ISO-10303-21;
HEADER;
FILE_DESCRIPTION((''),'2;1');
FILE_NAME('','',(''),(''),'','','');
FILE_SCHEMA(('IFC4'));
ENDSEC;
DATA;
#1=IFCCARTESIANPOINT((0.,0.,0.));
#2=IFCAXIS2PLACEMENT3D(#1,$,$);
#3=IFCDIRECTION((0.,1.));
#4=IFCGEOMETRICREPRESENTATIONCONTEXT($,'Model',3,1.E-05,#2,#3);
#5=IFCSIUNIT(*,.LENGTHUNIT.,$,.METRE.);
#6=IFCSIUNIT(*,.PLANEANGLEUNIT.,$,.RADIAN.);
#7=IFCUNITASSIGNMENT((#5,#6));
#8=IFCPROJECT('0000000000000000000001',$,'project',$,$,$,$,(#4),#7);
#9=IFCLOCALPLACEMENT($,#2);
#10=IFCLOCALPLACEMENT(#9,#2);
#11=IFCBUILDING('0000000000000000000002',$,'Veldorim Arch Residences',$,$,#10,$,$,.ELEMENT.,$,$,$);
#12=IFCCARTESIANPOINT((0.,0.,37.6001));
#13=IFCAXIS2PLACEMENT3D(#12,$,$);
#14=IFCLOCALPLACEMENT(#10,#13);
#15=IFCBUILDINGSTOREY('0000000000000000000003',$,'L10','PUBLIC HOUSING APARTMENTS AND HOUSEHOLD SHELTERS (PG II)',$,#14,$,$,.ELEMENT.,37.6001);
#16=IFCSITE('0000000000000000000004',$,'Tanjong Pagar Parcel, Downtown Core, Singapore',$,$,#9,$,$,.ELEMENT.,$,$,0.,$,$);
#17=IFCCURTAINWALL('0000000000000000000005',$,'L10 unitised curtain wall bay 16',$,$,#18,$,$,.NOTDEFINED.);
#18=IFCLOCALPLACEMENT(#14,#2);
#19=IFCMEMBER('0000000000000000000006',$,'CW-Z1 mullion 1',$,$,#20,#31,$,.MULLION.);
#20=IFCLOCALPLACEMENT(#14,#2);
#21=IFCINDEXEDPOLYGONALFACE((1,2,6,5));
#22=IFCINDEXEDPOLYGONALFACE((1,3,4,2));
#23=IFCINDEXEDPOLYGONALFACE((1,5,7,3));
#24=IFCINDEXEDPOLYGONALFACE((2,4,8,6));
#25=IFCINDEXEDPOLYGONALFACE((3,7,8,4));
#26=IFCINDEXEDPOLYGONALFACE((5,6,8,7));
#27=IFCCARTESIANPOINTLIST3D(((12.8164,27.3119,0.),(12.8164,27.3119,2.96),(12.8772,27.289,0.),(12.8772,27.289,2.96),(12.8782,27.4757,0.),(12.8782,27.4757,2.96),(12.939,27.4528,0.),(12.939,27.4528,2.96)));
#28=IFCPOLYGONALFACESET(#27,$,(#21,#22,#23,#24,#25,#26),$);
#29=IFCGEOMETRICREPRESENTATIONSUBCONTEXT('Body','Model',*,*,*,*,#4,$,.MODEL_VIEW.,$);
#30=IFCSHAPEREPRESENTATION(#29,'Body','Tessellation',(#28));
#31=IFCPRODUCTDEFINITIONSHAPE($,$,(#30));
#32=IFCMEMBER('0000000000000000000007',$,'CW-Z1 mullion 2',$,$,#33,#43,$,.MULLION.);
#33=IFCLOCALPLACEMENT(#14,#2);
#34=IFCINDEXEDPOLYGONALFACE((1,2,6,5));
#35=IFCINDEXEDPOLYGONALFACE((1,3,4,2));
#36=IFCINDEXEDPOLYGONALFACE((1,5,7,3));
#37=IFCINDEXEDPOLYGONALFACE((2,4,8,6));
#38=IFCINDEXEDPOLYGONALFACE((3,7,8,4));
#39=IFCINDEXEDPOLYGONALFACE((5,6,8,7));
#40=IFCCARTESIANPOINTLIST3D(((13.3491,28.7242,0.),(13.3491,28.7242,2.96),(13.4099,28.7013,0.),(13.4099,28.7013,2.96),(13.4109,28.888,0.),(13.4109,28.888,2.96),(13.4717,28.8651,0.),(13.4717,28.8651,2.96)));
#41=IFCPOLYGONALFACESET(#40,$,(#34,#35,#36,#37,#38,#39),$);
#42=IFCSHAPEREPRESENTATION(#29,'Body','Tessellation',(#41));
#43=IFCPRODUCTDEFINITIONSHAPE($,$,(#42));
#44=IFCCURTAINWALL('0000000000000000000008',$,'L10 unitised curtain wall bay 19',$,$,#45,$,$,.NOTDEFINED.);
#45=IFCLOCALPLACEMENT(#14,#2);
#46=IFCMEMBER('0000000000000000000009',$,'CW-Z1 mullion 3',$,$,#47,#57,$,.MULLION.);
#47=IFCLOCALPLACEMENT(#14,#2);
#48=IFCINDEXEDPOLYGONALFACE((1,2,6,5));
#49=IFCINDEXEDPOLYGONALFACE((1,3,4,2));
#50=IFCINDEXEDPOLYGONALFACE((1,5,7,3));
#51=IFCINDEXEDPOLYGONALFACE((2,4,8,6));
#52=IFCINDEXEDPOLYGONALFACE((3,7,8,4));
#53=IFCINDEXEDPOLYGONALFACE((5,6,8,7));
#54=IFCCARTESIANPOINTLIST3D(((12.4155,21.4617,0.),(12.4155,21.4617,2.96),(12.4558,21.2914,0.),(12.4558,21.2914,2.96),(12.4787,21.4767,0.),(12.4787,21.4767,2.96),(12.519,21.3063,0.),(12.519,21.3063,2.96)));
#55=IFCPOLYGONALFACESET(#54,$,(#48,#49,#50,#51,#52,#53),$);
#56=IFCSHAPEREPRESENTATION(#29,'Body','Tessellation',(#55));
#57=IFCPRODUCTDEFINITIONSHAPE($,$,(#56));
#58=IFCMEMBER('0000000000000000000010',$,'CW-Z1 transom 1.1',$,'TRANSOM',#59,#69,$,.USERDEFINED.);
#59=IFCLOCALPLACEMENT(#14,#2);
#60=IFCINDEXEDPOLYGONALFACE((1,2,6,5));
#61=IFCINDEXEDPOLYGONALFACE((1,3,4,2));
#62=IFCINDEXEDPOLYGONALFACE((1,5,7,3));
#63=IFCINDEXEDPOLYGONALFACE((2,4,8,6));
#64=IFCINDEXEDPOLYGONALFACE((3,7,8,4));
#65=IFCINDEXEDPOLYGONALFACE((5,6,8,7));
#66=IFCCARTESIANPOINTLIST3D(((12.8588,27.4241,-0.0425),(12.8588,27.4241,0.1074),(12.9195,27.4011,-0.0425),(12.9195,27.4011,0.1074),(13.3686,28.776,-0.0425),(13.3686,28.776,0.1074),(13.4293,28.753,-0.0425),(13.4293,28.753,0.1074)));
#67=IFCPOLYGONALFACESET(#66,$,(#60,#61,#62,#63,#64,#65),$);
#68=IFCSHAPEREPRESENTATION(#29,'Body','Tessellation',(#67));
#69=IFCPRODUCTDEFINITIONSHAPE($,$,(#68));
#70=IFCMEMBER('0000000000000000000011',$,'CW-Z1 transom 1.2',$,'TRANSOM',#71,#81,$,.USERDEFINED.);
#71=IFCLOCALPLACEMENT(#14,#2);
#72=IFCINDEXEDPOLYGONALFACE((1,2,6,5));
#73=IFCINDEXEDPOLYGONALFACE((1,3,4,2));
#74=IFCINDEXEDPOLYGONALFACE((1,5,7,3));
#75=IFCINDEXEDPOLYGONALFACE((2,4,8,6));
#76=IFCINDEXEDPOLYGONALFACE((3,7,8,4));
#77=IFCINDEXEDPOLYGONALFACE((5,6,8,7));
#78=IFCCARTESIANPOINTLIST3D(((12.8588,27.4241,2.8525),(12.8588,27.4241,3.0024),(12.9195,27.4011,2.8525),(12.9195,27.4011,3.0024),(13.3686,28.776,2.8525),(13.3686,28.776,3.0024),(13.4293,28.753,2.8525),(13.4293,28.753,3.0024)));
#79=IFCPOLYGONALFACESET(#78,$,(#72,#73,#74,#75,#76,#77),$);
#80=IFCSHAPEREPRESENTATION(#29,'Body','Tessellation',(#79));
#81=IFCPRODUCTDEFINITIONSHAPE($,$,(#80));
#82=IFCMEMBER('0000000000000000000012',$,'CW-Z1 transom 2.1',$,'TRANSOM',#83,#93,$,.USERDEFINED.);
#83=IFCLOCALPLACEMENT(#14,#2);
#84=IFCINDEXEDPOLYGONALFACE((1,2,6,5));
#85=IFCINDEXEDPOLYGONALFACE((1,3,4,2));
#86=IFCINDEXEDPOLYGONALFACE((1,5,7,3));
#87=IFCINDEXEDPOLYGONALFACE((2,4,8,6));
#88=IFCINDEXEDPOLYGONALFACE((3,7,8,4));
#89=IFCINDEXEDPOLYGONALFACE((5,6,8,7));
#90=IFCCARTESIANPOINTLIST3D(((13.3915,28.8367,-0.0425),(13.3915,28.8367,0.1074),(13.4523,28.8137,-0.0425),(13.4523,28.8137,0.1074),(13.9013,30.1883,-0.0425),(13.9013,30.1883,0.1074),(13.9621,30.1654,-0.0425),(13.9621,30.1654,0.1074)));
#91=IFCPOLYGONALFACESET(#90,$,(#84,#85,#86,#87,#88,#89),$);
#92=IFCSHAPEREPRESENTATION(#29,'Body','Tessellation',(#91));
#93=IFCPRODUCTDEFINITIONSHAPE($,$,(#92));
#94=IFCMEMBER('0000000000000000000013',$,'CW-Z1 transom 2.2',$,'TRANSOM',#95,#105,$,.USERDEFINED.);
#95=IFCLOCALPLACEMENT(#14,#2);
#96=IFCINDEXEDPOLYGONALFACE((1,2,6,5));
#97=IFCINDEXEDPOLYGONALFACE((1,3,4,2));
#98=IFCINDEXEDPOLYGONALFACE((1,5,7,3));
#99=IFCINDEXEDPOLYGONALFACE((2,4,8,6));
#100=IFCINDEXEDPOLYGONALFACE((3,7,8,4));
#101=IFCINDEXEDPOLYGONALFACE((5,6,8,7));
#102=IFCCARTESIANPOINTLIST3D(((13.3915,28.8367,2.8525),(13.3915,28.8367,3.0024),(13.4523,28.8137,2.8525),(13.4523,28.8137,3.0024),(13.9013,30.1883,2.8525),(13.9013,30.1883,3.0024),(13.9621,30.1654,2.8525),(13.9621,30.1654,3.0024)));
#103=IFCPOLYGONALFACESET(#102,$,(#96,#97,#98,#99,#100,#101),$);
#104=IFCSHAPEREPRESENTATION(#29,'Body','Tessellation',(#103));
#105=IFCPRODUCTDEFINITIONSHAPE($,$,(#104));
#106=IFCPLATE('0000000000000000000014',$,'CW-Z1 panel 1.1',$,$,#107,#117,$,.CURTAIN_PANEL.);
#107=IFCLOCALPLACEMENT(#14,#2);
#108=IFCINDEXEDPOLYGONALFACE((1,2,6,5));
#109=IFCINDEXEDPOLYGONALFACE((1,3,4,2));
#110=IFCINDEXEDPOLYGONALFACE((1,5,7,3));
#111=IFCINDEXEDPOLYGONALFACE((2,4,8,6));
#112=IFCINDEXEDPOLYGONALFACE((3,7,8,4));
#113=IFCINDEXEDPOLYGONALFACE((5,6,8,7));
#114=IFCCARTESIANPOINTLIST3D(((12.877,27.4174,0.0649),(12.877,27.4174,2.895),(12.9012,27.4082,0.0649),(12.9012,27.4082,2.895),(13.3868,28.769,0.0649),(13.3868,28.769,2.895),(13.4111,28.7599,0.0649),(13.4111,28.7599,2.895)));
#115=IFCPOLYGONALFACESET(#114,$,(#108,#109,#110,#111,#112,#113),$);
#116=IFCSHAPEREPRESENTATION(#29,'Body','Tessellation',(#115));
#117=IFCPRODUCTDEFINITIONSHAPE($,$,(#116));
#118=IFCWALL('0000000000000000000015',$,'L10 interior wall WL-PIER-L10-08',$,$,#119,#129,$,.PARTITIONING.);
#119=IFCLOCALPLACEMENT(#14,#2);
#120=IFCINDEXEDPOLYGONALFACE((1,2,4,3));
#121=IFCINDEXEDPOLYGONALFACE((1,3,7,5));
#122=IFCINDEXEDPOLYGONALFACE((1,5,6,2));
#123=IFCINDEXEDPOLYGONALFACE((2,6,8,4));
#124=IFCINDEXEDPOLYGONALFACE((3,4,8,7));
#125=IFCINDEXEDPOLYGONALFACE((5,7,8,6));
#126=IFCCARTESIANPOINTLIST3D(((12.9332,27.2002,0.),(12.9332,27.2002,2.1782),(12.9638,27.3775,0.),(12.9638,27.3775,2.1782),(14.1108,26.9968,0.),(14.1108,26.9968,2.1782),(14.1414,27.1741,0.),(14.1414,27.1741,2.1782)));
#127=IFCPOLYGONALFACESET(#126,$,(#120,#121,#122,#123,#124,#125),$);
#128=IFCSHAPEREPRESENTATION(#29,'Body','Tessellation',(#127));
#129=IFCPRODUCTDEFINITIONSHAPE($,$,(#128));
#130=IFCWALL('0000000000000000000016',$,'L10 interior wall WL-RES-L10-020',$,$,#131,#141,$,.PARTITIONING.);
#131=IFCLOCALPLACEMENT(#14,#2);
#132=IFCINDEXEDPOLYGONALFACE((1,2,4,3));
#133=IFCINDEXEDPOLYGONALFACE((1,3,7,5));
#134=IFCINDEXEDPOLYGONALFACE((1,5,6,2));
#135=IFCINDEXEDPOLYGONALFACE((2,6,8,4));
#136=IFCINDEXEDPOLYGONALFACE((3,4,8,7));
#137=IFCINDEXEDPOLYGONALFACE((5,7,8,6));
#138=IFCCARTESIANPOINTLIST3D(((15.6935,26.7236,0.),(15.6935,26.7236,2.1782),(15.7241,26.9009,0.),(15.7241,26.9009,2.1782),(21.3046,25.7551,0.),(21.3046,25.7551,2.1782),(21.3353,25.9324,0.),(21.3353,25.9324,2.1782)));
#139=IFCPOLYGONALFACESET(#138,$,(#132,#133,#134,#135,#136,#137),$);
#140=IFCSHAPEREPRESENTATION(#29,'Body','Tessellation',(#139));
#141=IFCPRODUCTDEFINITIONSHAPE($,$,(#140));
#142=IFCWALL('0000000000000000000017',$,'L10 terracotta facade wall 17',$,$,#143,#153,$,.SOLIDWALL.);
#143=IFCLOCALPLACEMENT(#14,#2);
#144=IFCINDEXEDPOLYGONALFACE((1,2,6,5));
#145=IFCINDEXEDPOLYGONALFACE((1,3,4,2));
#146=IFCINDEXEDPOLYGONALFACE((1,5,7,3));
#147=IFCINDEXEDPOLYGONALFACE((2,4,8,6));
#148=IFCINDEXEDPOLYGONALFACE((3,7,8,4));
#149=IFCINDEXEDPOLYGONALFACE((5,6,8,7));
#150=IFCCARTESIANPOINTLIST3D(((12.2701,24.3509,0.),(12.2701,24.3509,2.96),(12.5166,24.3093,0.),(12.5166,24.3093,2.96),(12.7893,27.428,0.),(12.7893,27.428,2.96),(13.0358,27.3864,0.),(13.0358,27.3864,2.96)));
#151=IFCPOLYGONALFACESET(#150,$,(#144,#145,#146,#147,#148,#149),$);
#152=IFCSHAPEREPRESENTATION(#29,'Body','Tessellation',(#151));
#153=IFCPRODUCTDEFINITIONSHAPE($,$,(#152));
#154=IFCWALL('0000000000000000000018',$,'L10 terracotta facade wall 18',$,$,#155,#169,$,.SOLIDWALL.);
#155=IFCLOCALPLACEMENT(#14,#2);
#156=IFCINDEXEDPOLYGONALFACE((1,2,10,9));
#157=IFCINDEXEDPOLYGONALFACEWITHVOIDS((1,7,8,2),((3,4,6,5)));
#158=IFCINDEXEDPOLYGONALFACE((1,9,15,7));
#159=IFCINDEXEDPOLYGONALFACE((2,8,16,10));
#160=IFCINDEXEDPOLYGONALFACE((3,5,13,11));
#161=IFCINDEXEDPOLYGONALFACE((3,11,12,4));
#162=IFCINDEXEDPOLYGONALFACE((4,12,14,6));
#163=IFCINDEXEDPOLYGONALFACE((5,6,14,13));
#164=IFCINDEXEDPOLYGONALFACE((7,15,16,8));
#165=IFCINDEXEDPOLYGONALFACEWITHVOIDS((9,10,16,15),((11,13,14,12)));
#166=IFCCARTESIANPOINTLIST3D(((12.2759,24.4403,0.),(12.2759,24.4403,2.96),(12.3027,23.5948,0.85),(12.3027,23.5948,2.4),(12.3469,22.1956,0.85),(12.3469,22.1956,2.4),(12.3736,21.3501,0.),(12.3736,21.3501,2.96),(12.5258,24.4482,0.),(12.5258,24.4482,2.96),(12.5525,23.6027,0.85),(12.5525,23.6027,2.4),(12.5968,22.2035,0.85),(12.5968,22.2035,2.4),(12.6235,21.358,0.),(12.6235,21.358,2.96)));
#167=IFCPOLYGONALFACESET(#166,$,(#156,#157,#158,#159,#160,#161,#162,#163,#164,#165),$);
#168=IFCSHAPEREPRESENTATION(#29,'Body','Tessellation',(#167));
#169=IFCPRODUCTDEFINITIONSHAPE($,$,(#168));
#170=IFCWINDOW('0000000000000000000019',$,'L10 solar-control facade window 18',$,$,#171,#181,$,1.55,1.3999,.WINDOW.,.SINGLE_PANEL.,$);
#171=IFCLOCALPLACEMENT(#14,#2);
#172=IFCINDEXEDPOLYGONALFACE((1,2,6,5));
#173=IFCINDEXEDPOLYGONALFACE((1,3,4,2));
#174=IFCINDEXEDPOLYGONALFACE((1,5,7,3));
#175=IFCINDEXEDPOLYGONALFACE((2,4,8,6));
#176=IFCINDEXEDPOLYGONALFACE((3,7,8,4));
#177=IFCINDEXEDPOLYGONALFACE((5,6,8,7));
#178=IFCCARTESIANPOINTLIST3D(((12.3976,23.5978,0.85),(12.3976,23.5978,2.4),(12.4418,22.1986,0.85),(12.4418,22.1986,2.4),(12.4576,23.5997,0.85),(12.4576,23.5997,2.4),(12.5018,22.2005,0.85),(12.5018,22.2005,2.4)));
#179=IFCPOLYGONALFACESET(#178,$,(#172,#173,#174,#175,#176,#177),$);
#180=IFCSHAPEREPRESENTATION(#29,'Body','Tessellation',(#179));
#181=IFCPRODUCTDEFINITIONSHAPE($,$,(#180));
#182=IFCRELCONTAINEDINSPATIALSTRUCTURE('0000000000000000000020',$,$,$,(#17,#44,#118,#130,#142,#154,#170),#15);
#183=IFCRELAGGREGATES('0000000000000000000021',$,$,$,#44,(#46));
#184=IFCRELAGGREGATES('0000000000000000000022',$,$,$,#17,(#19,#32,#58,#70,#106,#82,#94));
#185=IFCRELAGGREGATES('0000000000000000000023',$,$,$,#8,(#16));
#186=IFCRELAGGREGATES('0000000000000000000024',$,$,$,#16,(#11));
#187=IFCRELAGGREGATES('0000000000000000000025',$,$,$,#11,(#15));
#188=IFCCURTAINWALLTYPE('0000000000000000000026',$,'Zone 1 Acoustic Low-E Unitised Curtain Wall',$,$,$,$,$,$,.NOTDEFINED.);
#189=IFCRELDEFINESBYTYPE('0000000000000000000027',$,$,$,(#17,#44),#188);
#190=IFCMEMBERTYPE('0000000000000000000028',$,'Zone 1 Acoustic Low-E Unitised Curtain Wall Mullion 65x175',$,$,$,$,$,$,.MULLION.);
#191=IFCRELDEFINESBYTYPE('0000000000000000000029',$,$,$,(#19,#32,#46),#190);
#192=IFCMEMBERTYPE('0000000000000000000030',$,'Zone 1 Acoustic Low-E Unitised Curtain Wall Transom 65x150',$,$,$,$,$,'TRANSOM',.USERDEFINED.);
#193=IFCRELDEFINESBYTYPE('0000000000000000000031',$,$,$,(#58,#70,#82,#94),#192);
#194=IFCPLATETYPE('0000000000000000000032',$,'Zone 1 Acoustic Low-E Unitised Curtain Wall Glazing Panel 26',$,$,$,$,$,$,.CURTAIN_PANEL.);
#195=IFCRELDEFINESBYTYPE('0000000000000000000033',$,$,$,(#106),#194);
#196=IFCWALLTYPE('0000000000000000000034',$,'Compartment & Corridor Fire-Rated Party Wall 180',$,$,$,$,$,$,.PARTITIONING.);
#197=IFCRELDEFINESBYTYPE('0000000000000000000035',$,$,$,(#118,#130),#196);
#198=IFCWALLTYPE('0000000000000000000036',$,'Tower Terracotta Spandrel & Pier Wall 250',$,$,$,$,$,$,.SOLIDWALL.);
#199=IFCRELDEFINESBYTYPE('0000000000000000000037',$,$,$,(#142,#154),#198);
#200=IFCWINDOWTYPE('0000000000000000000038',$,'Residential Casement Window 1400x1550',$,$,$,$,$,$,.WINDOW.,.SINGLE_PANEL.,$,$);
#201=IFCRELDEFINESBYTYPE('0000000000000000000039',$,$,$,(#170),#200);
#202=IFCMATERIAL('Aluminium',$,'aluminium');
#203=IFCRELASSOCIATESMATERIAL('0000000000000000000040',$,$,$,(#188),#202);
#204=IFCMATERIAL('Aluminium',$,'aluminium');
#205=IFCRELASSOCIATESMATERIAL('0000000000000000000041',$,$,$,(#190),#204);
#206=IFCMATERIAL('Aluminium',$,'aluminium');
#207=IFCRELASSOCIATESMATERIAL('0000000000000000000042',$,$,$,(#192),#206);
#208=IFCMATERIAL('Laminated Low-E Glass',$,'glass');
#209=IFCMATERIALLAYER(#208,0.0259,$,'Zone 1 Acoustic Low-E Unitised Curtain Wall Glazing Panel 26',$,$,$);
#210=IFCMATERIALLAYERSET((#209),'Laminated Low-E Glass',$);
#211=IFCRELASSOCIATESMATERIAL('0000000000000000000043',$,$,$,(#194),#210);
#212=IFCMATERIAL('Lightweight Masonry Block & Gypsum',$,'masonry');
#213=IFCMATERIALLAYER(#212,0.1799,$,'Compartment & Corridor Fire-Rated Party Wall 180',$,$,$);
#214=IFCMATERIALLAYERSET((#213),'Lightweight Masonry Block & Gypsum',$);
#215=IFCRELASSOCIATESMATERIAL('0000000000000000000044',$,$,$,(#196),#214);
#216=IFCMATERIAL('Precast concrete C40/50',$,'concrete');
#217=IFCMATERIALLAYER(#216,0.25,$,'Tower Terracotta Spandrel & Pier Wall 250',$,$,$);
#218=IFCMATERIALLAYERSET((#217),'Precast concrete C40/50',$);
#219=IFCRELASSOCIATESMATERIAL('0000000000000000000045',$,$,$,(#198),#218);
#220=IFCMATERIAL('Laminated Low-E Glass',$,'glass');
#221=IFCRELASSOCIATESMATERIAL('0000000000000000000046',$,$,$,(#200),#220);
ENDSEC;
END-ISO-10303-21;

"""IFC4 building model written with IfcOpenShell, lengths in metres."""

from ifc_helpers import new_model, si_unit, direction, frame, frame_2d, origin, origin_2d, place, context, subcontext, project, spatial, rectangle, extrude, material, layer, layer_set, material_profile, profile_set, type_object, element, fill, aggregate, save


model = new_model("IFC4")

# Units and contexts
model_context = context("Model", 3, precision=1e-05, world=origin(), true_north=direction((0.0, 1.0)))
body_context = subcontext(model_context, "Body", "Model", "MODEL_VIEW")
ifc_project = project(units=[si_unit("LENGTHUNIT", "METRE"), si_unit("PLANEANGLEUNIT", "RADIAN")], contexts=[model_context])

# Site, building, storey
site_placement = place(None, origin())
site = spatial("IfcSite", under=ifc_project, at=site_placement, Name="Tanjong Pagar Parcel, Downtown Core, Singapore", CompositionType="ELEMENT", RefElevation=0.0)
building_placement = place(site_placement, origin())
building = spatial("IfcBuilding", under=site, at=building_placement, Name="Veldorim Arch Residences", CompositionType="ELEMENT")
storey_placement = place(building_placement, frame((0.0, 0.0, 37.6001)))
storey = spatial("IfcBuildingStorey", under=building, at=storey_placement, Name="L10", Description="PUBLIC HOUSING APARTMENTS AND HOUSEHOLD SHELTERS (PG II)", CompositionType="ELEMENT", Elevation=37.6001)

# Curtain wall, members
ifc_material_1 = material(Name="Aluminium", Category="aluminium")
curtain_wall_type = type_object("IfcCurtainWallType", Name="Zone 1 Acoustic Low-E Unitised Curtain Wall", PredefinedType="NOTDEFINED", material=ifc_material_1)
curtain_wall_1_placement = place(storey_placement, origin())
curtain_wall_1 = element("IfcCurtainWall", 1, at=curtain_wall_1_placement, inside=storey, type_object=curtain_wall_type, Name="L10 unitised curtain wall bay 16", PredefinedType="NOTDEFINED")
ifc_material_2 = material(Name="Aluminium", Category="aluminium")
ifc_material_profile_1 = material_profile(ifc_material_2, rectangle(XDim=0.0649, YDim=0.175, at=origin_2d()), Name="ALU_MUL_65x175")
ifc_profile_set_1 = profile_set([ifc_material_profile_1], Name="Aluminium")
member_type_1 = type_object("IfcMemberType", Name="Zone 1 Acoustic Low-E Unitised Curtain Wall Mullion 65x175", PredefinedType="MULLION", material=ifc_profile_set_1)
member_1_placement = place(storey_placement, frame((12.8777, 27.3823, 0.0), z_axis=(0.0, 0.0, 1.0), x_axis=(-0.935656, 0.352914, 0.0)))
member_1 = element("IfcMember", 2, at=member_1_placement, type_object=member_type_1, Name="CW-Z1 mullion 1", PredefinedType="MULLION", context=body_context, shape_type="SweptSolid", body=[
    extrude(rectangle(XDim=0.0649, YDim=0.175, at=origin_2d()), origin(), (0.0, 0.0, 1.0), 2.96),
])
member_2_placement = place(storey_placement, frame((13.4104, 28.7947, 0.0), z_axis=(0.0, 0.0, 1.0), x_axis=(-0.935656, 0.352914, 0.0)))
member_2 = element("IfcMember", 3, at=member_2_placement, type_object=member_type_1, Name="CW-Z1 mullion 2", PredefinedType="MULLION", context=body_context, shape_type="SweptSolid", body=[
    extrude(rectangle(XDim=0.0649, YDim=0.175, at=origin_2d()), origin(), (0.0, 0.0, 1.0), 2.96),
])

# Curtain wall, member
curtain_wall_2_placement = place(storey_placement, origin())
curtain_wall_2 = element("IfcCurtainWall", 4, at=curtain_wall_2_placement, inside=storey, type_object=curtain_wall_type, Name="L10 unitised curtain wall bay 19", PredefinedType="NOTDEFINED")
member_3_placement = place(storey_placement, frame((12.4673, 21.384, 0.0), z_axis=(0.0, 0.0, 1.0), x_axis=(-0.97313, -0.230257, 0.0)))
member_3 = element("IfcMember", 5, at=member_3_placement, type_object=member_type_1, Name="CW-Z1 mullion 3", PredefinedType="MULLION", context=body_context, shape_type="SweptSolid", body=[
    extrude(rectangle(XDim=0.0649, YDim=0.175, at=origin_2d()), origin(), (0.0, 0.0, 1.0), 2.96),
])
aggregate(curtain_wall_2, [member_3])

# Members
ifc_material_3 = material(Name="Aluminium", Category="aluminium")
ifc_material_profile_2 = material_profile(ifc_material_3, rectangle(XDim=0.0649, YDim=0.1499, at=origin_2d()), Name="ALU_TRN_65x150")
ifc_profile_set_2 = profile_set([ifc_material_profile_2], Name="Aluminium")
member_type_2 = type_object("IfcMemberType", Name="Zone 1 Acoustic Low-E Unitised Curtain Wall Transom 65x150", ElementType="TRANSOM", PredefinedType="USERDEFINED", material=ifc_profile_set_2)
member_4_placement = place(storey_placement, frame((12.8892, 27.4126, 0.0325), z_axis=(0.352845, 0.935682, 0.0), x_axis=(-0.935682, 0.352845, 0.0)))
member_4 = element("IfcMember", 6, at=member_4_placement, type_object=member_type_2, Name="CW-Z1 transom 1.1", ObjectType="TRANSOM", PredefinedType="USERDEFINED", context=body_context, shape_type="SweptSolid", body=[
    extrude(rectangle(XDim=0.0649, YDim=0.1499, at=origin_2d()), origin(), (0.0, 0.0, 1.0), 1.4448),
])
member_5_placement = place(storey_placement, frame((12.8892, 27.4126, 2.9275), z_axis=(0.352845, 0.935682, 0.0), x_axis=(-0.935682, 0.352845, 0.0)))
member_5 = element("IfcMember", 7, at=member_5_placement, type_object=member_type_2, Name="CW-Z1 transom 1.2", ObjectType="TRANSOM", PredefinedType="USERDEFINED", context=body_context, shape_type="SweptSolid", body=[
    extrude(rectangle(XDim=0.0649, YDim=0.1499, at=origin_2d()), origin(), (0.0, 0.0, 1.0), 1.4448),
])
member_6_placement = place(storey_placement, frame((13.4219, 28.8252, 0.0325), z_axis=(0.352901, 0.935661, 0.0), x_axis=(-0.935661, 0.352901, 0.0)))
member_6 = element("IfcMember", 8, at=member_6_placement, type_object=member_type_2, Name="CW-Z1 transom 2.1", ObjectType="TRANSOM", PredefinedType="USERDEFINED", context=body_context, shape_type="SweptSolid", body=[
    extrude(rectangle(XDim=0.0649, YDim=0.1499, at=origin_2d()), origin(), (0.0, 0.0, 1.0), 1.4446),
])
member_7_placement = place(storey_placement, frame((13.4219, 28.8252, 2.9275), z_axis=(0.352901, 0.935661, 0.0), x_axis=(-0.935661, 0.352901, 0.0)))
member_7 = element("IfcMember", 9, at=member_7_placement, type_object=member_type_2, Name="CW-Z1 transom 2.2", ObjectType="TRANSOM", PredefinedType="USERDEFINED", context=body_context, shape_type="SweptSolid", body=[
    extrude(rectangle(XDim=0.0649, YDim=0.1499, at=origin_2d()), origin(), (0.0, 0.0, 1.0), 1.4446),
])

# Plate
ifc_material_4 = material(Name="Laminated Low-E Glass", Category="glass")
ifc_layer_1 = layer(ifc_material_4, 0.0259, Name="Zone 1 Acoustic Low-E Unitised Curtain Wall Glazing Panel 26")
ifc_layer_set_1 = layer_set([ifc_layer_1], Name="Laminated Low-E Glass")
plate_type = type_object("IfcPlateType", Name="Zone 1 Acoustic Low-E Unitised Curtain Wall Glazing Panel 26", PredefinedType="CURTAIN_PANEL", material=ifc_layer_set_1)
plate_placement = place(storey_placement, frame((13.144, 28.0886, 0.0649), z_axis=(0.0, 0.0, 1.0), x_axis=(0.352914, 0.935656, 0.0)))
plate = element("IfcPlate", 10, at=plate_placement, type_object=plate_type, Name="CW-Z1 panel 1.1", PredefinedType="CURTAIN_PANEL", context=body_context, shape_type="SweptSolid", body=[
    extrude(rectangle(XDim=1.4446, YDim=0.0259, at=origin_2d()), origin(), (0.0, 0.0, 1.0), 2.8301),
])
aggregate(curtain_wall_1, [member_1, member_2, member_4, member_5, plate, member_6, member_7])

# Walls
ifc_material_5 = material(Name="Lightweight Masonry Block & Gypsum", Category="masonry")
ifc_layer_2 = layer(ifc_material_5, 0.1799, Name="Compartment & Corridor Fire-Rated Party Wall 180")
ifc_layer_set_2 = layer_set([ifc_layer_2], Name="Lightweight Masonry Block & Gypsum")
wall_type_1 = type_object("IfcWallType", Name="Compartment & Corridor Fire-Rated Party Wall 180", PredefinedType="PARTITIONING", material=ifc_layer_set_2)
wall_1_placement = place(storey_placement, frame((14.1262, 27.0854, 0.0), z_axis=(0.0, 0.0, 1.0), x_axis=(-0.985416, 0.17016, 0.0)))
element("IfcWall", 11, at=wall_1_placement, inside=storey, type_object=wall_type_1, Name="L10 interior wall WL-PIER-L10-08", PredefinedType="PARTITIONING", context=body_context, shape_type="SweptSolid", body=[
    extrude(rectangle(XDim=1.1951, YDim=0.1799, at=frame_2d((0.5977, 0.0))), origin(), (0.0, 0.0, 1.0), 2.1782),
])
wall_2_placement = place(storey_placement, frame((21.3201, 25.8438, 0.0), z_axis=(0.0, 0.0, 1.0), x_axis=(-0.985428, 0.170091, 0.0)))
element("IfcWall", 12, at=wall_2_placement, inside=storey, type_object=wall_type_1, Name="L10 interior wall WL-RES-L10-020", PredefinedType="PARTITIONING", context=body_context, shape_type="SweptSolid", body=[
    extrude(rectangle(XDim=5.6941, YDim=0.1799, at=frame_2d((2.8472, 0.0))), origin(), (0.0, 0.0, 1.0), 2.1782),
])
ifc_material_6 = material(Name="Precast concrete C40/50", Category="concrete")
ifc_layer_3 = layer(ifc_material_6, 0.25, Name="Tower Terracotta Spandrel & Pier Wall 250")
ifc_layer_set_3 = layer_set([ifc_layer_3], Name="Precast concrete C40/50")
wall_type_2 = type_object("IfcWallType", Name="Tower Terracotta Spandrel & Pier Wall 250", PredefinedType="SOLIDWALL", material=ifc_layer_set_3)
wall_3_placement = place(storey_placement, frame((12.3933, 24.3301, 0.0), z_axis=(0.0, 0.0, 1.0), x_axis=(0.166403, 0.986058, 0.0)))
element("IfcWall", 13, at=wall_3_placement, inside=storey, type_object=wall_type_2, Name="L10 terracotta facade wall 17", PredefinedType="SOLIDWALL", context=body_context, shape_type="SweptSolid", body=[
    extrude(rectangle(XDim=3.1206, YDim=0.25, at=frame_2d((1.5603, 0.0))), origin(), (0.0, 0.0, 1.0), 2.96),
])

# Wall, opening, window
wall_4_placement = place(storey_placement, frame((12.4985, 21.354, 0.0), z_axis=(0.0, 0.0, 1.0), x_axis=(-0.031585, 0.999501, 0.0)))
wall_4 = element("IfcWall", 14, at=wall_4_placement, inside=storey, type_object=wall_type_2, Name="L10 terracotta facade wall 18", PredefinedType="SOLIDWALL", context=body_context, shape_type="SweptSolid", body=[
    extrude(rectangle(XDim=3.0918, YDim=0.25, at=frame_2d((1.5459, 0.0))), origin(), (0.0, 0.0, 1.0), 2.96),
])
opening_1_placement = place(wall_4_placement, frame((0.8459, 0.0, 0.8501)))
opening_1 = element("IfcOpeningElement", 15, at=opening_1_placement, cuts=wall_4, PredefinedType="OPENING", context=body_context, shape_type="SweptSolid", body=[
    extrude(rectangle(XDim=1.3999, YDim=1.55, at=frame_2d((0.7, 0.7749))), frame((0.0, 0.135, 0.0), z_axis=(0.0, -1.0, 0.0), x_axis=(1.0, 0.0, 0.0)), (0.0, 0.0, 1.0), 0.27),
])
ifc_material_7 = material(Name="Laminated Low-E Glass", Category="glass")
window_type = type_object("IfcWindowType", Name="Residential Casement Window 1400x1550", PartitioningType="SINGLE_PANEL", PredefinedType="WINDOW", material=ifc_material_7)
window_placement = place(opening_1_placement, origin())
window = element("IfcWindow", 16, at=window_placement, inside=storey, type_object=window_type, Name="L10 solar-control facade window 18", OverallHeight=1.55, OverallWidth=1.3999, PartitioningType="SINGLE_PANEL", PredefinedType="WINDOW", context=body_context, shape_type="SweptSolid", body=[
    extrude(rectangle(XDim=1.3999, YDim=1.55, at=frame_2d((0.7, 0.7749))), frame((0.0, 0.03, 0.0), z_axis=(0.0, -1.0, 0.0), x_axis=(1.0, 0.0, 0.0)), (0.0, 0.0, 1.0), 0.0601),
])
fill(opening_1, window)

save(model, "model.ifc")
